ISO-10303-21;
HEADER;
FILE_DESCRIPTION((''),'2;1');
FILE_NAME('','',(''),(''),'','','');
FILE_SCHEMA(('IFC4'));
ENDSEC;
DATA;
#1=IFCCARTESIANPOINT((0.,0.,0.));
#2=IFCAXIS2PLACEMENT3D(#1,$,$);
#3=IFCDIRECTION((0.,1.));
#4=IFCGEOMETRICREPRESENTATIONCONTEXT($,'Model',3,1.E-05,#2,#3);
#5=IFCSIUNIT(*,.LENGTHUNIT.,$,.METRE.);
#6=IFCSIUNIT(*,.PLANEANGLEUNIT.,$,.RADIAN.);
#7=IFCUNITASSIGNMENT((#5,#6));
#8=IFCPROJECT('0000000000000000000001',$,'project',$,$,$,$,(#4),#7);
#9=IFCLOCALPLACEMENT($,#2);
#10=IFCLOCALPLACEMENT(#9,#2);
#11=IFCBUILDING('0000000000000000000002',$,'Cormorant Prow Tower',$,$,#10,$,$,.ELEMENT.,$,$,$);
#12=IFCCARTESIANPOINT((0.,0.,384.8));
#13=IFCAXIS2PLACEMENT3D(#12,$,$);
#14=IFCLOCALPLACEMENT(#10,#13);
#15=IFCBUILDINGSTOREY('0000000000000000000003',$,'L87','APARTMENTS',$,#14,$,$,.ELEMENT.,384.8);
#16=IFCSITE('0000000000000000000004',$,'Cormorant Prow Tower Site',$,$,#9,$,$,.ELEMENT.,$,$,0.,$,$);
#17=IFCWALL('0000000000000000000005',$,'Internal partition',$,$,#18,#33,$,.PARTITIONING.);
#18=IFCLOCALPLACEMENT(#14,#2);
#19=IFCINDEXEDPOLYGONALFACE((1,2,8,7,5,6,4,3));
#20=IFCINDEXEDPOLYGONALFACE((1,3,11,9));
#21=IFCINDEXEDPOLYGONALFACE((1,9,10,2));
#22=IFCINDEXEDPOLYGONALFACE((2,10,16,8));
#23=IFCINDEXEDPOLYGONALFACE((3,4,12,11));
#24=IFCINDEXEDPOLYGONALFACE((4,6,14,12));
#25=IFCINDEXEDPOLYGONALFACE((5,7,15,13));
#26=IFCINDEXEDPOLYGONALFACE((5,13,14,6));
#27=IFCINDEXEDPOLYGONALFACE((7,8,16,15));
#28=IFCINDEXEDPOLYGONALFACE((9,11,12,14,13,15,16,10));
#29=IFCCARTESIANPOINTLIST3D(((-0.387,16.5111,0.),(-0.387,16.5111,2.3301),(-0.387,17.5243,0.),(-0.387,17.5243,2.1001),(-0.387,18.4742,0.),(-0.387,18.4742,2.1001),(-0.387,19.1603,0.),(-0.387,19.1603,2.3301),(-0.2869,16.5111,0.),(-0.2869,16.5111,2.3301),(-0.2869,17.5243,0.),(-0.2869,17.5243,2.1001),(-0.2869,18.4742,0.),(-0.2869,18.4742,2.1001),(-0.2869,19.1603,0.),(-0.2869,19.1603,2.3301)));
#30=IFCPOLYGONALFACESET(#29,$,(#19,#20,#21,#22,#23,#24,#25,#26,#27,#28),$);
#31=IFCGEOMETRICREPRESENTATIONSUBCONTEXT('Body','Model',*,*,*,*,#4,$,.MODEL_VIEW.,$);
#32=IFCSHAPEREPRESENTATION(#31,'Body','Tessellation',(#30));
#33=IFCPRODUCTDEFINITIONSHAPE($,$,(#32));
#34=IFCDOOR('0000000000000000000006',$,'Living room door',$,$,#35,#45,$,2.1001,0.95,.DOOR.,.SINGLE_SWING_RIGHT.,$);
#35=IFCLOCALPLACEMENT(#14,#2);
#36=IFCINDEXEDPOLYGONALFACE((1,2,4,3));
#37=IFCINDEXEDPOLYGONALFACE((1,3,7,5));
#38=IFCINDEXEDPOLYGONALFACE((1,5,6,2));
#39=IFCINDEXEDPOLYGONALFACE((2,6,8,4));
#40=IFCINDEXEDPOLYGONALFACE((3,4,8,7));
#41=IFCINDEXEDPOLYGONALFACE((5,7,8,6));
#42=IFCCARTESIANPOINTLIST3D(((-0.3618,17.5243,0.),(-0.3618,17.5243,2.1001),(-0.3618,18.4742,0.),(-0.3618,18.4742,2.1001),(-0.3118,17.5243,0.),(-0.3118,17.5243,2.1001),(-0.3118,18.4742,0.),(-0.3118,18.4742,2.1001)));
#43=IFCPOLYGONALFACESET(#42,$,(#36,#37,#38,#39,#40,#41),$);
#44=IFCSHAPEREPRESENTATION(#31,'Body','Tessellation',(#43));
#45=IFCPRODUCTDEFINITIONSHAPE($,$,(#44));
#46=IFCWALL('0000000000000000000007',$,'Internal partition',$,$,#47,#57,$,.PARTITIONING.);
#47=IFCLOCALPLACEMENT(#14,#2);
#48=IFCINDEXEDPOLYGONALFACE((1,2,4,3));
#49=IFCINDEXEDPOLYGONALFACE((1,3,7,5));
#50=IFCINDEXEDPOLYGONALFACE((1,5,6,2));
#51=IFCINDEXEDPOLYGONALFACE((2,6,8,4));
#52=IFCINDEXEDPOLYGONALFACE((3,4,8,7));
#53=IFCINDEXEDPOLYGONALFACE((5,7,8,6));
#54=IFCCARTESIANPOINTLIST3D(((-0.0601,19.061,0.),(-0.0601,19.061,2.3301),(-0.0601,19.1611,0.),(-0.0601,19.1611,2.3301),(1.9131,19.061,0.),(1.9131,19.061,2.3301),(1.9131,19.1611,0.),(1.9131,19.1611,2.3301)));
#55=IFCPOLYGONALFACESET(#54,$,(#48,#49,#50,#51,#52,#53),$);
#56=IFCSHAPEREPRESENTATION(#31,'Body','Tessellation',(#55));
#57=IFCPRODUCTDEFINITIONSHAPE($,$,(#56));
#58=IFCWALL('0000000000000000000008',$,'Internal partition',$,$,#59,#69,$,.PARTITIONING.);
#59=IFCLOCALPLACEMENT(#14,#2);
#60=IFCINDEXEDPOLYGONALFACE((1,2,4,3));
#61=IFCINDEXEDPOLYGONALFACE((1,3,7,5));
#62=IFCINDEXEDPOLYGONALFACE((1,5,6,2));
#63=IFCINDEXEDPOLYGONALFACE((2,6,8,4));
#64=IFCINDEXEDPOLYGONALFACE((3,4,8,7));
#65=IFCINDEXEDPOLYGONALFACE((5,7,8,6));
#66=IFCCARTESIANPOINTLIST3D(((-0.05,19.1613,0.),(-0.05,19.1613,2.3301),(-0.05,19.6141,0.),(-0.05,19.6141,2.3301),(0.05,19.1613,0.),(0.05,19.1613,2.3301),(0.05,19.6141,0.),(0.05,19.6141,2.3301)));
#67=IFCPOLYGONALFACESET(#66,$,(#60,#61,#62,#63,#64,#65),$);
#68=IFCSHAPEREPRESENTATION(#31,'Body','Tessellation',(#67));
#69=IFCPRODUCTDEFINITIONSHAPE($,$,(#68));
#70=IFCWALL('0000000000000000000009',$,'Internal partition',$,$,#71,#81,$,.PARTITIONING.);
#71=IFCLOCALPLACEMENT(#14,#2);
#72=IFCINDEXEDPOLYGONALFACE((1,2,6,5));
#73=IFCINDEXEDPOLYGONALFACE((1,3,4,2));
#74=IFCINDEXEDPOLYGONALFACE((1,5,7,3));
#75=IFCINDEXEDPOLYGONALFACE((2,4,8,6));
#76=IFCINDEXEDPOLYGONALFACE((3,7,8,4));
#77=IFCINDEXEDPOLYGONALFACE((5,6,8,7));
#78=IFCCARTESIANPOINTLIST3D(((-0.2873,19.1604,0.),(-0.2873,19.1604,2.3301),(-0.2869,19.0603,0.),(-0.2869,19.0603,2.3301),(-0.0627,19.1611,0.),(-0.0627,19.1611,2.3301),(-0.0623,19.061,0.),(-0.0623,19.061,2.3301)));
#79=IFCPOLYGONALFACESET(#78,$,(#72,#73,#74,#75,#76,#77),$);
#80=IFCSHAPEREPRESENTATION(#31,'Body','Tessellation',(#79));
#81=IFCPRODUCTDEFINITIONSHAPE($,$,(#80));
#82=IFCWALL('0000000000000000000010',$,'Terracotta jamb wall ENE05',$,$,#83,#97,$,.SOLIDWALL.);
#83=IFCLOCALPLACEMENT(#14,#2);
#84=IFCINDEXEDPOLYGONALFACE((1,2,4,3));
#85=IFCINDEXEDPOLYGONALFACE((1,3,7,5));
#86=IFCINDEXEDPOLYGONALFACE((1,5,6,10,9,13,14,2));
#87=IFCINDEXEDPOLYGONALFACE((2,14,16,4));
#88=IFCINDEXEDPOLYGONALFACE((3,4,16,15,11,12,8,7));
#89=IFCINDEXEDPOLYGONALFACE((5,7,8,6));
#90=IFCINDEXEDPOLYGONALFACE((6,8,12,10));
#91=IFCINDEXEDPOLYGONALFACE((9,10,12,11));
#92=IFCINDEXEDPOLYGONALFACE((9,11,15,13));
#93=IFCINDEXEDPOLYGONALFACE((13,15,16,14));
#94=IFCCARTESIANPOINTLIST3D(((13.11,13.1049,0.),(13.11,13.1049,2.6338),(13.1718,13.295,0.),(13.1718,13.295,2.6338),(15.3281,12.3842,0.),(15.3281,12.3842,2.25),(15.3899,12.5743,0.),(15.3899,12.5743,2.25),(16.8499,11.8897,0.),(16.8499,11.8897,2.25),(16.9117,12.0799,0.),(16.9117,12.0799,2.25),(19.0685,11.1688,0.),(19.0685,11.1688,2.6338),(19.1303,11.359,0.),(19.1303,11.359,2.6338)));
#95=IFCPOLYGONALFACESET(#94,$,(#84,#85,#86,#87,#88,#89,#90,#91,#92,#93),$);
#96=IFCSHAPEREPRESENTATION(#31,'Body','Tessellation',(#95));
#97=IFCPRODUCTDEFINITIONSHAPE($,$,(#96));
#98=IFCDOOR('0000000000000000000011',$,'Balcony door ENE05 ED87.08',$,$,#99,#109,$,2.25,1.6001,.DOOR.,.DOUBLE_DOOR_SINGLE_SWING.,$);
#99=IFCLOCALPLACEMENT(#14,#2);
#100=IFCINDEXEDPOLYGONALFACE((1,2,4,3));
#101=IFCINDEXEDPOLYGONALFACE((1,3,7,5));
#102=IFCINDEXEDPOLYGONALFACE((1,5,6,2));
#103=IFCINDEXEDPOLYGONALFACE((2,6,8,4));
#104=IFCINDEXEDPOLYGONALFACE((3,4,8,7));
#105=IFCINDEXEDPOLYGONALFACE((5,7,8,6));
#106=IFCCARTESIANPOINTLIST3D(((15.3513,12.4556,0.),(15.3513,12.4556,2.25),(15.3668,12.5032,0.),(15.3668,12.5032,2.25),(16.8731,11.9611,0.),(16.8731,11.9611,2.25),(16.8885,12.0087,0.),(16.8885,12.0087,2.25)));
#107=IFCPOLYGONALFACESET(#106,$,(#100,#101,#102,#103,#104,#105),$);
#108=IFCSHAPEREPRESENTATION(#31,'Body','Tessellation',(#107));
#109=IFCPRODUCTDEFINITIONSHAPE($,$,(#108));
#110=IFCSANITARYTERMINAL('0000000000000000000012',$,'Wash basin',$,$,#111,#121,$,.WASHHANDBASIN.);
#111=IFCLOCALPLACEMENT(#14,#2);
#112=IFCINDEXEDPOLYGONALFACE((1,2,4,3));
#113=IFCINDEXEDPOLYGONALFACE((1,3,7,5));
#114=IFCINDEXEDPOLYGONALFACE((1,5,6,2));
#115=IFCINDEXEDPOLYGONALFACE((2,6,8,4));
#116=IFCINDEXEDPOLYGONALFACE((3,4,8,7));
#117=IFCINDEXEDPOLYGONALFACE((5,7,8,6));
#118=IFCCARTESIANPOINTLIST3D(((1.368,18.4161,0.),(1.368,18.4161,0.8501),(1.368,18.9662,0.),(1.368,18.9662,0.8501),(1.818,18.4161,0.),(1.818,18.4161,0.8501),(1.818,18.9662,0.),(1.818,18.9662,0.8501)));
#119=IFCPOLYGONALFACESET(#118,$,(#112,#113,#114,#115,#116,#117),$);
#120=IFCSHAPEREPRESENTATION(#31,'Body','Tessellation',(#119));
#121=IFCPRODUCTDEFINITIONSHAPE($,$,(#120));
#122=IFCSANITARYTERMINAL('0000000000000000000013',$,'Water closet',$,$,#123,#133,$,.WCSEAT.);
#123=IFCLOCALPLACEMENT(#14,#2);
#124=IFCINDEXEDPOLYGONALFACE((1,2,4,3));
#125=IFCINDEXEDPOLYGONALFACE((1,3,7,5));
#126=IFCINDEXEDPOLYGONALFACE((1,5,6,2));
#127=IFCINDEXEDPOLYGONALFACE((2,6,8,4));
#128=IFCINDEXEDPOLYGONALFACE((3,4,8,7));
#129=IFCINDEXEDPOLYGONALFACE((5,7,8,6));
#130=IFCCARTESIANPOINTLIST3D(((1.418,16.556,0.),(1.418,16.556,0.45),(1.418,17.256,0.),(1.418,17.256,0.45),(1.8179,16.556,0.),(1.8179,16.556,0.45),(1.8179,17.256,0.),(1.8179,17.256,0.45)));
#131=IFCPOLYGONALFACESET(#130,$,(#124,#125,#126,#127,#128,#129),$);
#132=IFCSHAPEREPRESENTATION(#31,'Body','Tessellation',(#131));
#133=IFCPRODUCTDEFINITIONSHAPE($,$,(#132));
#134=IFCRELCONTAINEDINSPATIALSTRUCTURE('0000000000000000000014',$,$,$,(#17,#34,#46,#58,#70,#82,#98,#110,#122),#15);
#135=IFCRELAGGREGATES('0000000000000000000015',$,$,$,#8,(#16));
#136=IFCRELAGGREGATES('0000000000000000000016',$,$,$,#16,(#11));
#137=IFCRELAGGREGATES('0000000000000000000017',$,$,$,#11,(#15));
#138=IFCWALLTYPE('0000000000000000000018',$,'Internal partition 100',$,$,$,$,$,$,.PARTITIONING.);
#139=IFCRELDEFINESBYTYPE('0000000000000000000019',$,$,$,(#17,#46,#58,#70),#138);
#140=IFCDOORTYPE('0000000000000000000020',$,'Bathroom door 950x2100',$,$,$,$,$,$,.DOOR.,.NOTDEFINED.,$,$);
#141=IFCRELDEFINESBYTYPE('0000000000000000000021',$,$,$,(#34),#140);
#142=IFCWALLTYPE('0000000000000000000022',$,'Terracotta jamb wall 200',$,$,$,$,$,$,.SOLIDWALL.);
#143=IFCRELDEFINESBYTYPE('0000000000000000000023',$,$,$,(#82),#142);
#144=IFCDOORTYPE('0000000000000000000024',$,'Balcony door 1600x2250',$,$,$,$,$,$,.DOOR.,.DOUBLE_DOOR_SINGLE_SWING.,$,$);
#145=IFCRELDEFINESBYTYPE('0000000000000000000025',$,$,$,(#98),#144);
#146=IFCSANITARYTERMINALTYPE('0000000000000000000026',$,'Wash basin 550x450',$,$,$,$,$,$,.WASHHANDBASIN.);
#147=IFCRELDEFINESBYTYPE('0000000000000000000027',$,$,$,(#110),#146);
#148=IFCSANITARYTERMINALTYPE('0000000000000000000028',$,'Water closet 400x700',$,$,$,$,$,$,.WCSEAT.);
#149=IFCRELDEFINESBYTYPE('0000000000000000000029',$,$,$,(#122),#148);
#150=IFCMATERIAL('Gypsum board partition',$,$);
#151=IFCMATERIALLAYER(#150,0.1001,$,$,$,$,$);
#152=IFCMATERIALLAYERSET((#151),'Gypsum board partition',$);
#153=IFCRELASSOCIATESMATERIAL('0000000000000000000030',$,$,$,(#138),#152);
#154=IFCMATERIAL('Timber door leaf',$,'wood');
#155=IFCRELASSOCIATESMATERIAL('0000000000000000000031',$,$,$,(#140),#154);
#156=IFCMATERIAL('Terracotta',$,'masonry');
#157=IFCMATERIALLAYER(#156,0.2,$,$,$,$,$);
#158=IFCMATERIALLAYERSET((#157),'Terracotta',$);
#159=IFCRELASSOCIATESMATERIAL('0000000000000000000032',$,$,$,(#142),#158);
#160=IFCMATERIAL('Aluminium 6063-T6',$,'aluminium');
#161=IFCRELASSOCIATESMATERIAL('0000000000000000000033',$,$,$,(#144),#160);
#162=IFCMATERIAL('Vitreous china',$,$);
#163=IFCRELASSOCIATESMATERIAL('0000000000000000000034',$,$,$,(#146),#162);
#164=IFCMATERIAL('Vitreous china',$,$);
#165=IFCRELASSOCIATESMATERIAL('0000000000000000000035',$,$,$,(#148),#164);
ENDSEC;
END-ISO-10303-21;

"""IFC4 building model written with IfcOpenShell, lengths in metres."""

from ifc_helpers import new_model, si_unit, direction, frame, frame_2d, origin, origin_2d, place, context, subcontext, project, spatial, rectangle, extrude, material, layer, layer_set, type_object, element, fill, save


model = new_model("IFC4")

# Units and contexts
model_context = context("Model", 3, precision=1e-05, world=origin(), true_north=direction((0.0, 1.0)))
body_context = subcontext(model_context, "Body", "Model", "MODEL_VIEW")
ifc_project = project(units=[si_unit("LENGTHUNIT", "METRE"), si_unit("PLANEANGLEUNIT", "RADIAN")], contexts=[model_context])

# Site, building, storey
site_placement = place(None, origin())
site = spatial("IfcSite", under=ifc_project, at=site_placement, Name="Cormorant Prow Tower Site", CompositionType="ELEMENT", RefElevation=0.0)
building_placement = place(site_placement, origin())
building = spatial("IfcBuilding", under=site, at=building_placement, Name="Cormorant Prow Tower", CompositionType="ELEMENT")
storey_placement = place(building_placement, frame((0.0, 0.0, 384.8)))
storey = spatial("IfcBuildingStorey", under=building, at=storey_placement, Name="L87", Description="APARTMENTS", CompositionType="ELEMENT", Elevation=384.8)

# Shared definitions
ifc_material_1 = material(Name="Gypsum board partition")
ifc_layer_1 = layer(ifc_material_1, 0.1001)
ifc_layer_set_1 = layer_set([ifc_layer_1], Name="Gypsum board partition")
wall_type_1 = type_object("IfcWallType", Name="Internal partition 100", PredefinedType="PARTITIONING", material=ifc_layer_set_1)

# Wall, opening, door
wall_1_placement = place(storey_placement, frame((-0.3369, 16.511, 0.0), z_axis=(0.0, 0.0, 1.0), x_axis=(0.0, 1.0, 0.0)))
wall_1 = element("IfcWall", 1, at=wall_1_placement, inside=storey, type_object=wall_type_1, Name="Internal partition", PredefinedType="PARTITIONING", context=body_context, shape_type="SweptSolid", body=[
    extrude(rectangle(XDim=2.6492, YDim=0.1001, at=frame_2d((1.3247, 0.0))), origin(), (0.0, 0.0, 1.0), 2.3301),
])
opening_1_placement = place(wall_1_placement, frame((1.0132, 0.0, 0.0)))
opening_1 = element("IfcOpeningElement", 2, at=opening_1_placement, cuts=wall_1, PredefinedType="OPENING", context=body_context, shape_type="SweptSolid", body=[
    extrude(rectangle(XDim=0.95, YDim=2.1001, at=frame_2d((0.4751, 1.05))), frame((0.0, 0.0601, 0.0), z_axis=(0.0, -1.0, 0.0), x_axis=(1.0, 0.0, 0.0)), (0.0, 0.0, 1.0), 0.1201),
])
ifc_material_2 = material(Name="Timber door leaf", Category="wood")
door_type_1 = type_object("IfcDoorType", Name="Bathroom door 950x2100", OperationType="NOTDEFINED", PredefinedType="DOOR", material=ifc_material_2)
door_1_placement = place(opening_1_placement, origin())
door_1 = element("IfcDoor", 3, at=door_1_placement, inside=storey, type_object=door_type_1, Name="Living room door", OperationType="SINGLE_SWING_RIGHT", OverallHeight=2.1001, OverallWidth=0.95, PredefinedType="DOOR", context=body_context, shape_type="SweptSolid", body=[
    extrude(rectangle(XDim=0.95, YDim=2.1001, at=frame_2d((0.4751, 1.05))), frame((0.0, 0.0249, 0.0), z_axis=(0.0, -1.0, 0.0), x_axis=(1.0, 0.0, 0.0)), (0.0, 0.0, 1.0), 0.05),
])
fill(opening_1, door_1)

# Walls
wall_2_placement = place(storey_placement, frame((-0.0601, 19.1111, 0.0), z_axis=(0.0, 0.0, 1.0), x_axis=(1.0, 0.0, 0.0)))
element("IfcWall", 4, at=wall_2_placement, inside=storey, type_object=wall_type_1, Name="Internal partition", PredefinedType="PARTITIONING", context=body_context, shape_type="SweptSolid", body=[
    extrude(rectangle(XDim=1.9731, YDim=0.1001, at=frame_2d((0.9866, 0.0))), origin(), (0.0, 0.0, 1.0), 2.3301),
])
wall_3_placement = place(storey_placement, frame((0.0, 19.1611, 0.0), z_axis=(0.0, 0.0, 1.0), x_axis=(0.0, 1.0, 0.0)))
element("IfcWall", 5, at=wall_3_placement, inside=storey, type_object=wall_type_1, Name="Internal partition", PredefinedType="PARTITIONING", context=body_context, shape_type="SweptSolid", body=[
    extrude(rectangle(XDim=0.4529, YDim=0.1001, at=frame_2d((0.2266, 0.0))), origin(), (0.0, 0.0, 1.0), 2.3301),
])
wall_4_placement = place(storey_placement, frame((-0.2871, 19.1104, 0.0), z_axis=(0.0, 0.0, 1.0), x_axis=(0.999995, 0.003261, 0.0)))
element("IfcWall", 6, at=wall_4_placement, inside=storey, type_object=wall_type_1, Name="Internal partition", PredefinedType="PARTITIONING", context=body_context, shape_type="SweptSolid", body=[
    extrude(rectangle(XDim=0.2246, YDim=0.1001, at=frame_2d((0.1123, 0.0))), origin(), (0.0, 0.0, 1.0), 2.3301),
])

# Wall, opening, door
ifc_material_3 = material(Name="Terracotta", Category="masonry")
ifc_layer_2 = layer(ifc_material_3, 0.2)
ifc_layer_set_2 = layer_set([ifc_layer_2], Name="Terracotta")
wall_type_2 = type_object("IfcWallType", Name="Terracotta jamb wall 200", PredefinedType="SOLIDWALL", material=ifc_layer_set_2)
wall_5_placement = place(storey_placement, frame((19.0994, 11.2639, 0.0), z_axis=(0.0, 0.0, 1.0), x_axis=(-0.951056, 0.309017, 0.0)))
wall_5 = element("IfcWall", 7, at=wall_5_placement, inside=storey, type_object=wall_type_2, Name="Terracotta jamb wall ENE05", PredefinedType="SOLIDWALL", context=body_context, shape_type="SweptSolid", body=[
    extrude(rectangle(XDim=6.2651, YDim=0.2, at=frame_2d((3.1326, 0.0))), origin(), (0.0, 0.0, 1.0), 2.6338),
])
opening_2_placement = place(wall_5_placement, frame((2.3328, 0.0, 0.0)))
opening_2 = element("IfcOpeningElement", 8, at=opening_2_placement, cuts=wall_5, PredefinedType="OPENING", context=body_context, shape_type="SweptSolid", body=[
    extrude(rectangle(XDim=1.6001, YDim=2.25, at=frame_2d((0.8, 1.125))), frame((0.0, 0.1099, 0.0), z_axis=(0.0, -1.0, 0.0), x_axis=(1.0, 0.0, 0.0)), (0.0, 0.0, 1.0), 0.22),
])
ifc_material_4 = material(Name="Aluminium 6063-T6", Category="aluminium")
door_type_2 = type_object("IfcDoorType", Name="Balcony door 1600x2250", OperationType="DOUBLE_DOOR_SINGLE_SWING", PredefinedType="DOOR", material=ifc_material_4)
door_2_placement = place(opening_2_placement, origin())
door_2 = element("IfcDoor", 9, at=door_2_placement, inside=storey, type_object=door_type_2, Name="Balcony door ENE05 ED87.08", OperationType="DOUBLE_DOOR_SINGLE_SWING", OverallHeight=2.25, OverallWidth=1.6001, PredefinedType="DOOR", context=body_context, shape_type="SweptSolid", body=[
    extrude(rectangle(XDim=1.6001, YDim=2.25, at=frame_2d((0.8, 1.125))), frame((0.0, 0.0249, 0.0), z_axis=(0.0, -1.0, 0.0), x_axis=(1.0, 0.0, 0.0)), (0.0, 0.0, 1.0), 0.05),
])
fill(opening_2, door_2)

# Sanitary terminals
ifc_material_5 = material(Name="Vitreous china")
sanitary_terminal_type_1 = type_object("IfcSanitaryTerminalType", Name="Wash basin 550x450", PredefinedType="WASHHANDBASIN", material=ifc_material_5)
sanitary_terminal_1_placement = place(storey_placement, frame((1.593, 18.6912, 0.0), z_axis=(0.0, 0.0, 1.0), x_axis=(0.0, -1.0, 0.0)))
element("IfcSanitaryTerminal", 10, at=sanitary_terminal_1_placement, inside=storey, type_object=sanitary_terminal_type_1, Name="Wash basin", PredefinedType="WASHHANDBASIN", context=body_context, shape_type="SweptSolid", body=[
    extrude(rectangle(XDim=0.55, YDim=0.45, at=origin_2d()), origin(), (0.0, 0.0, 1.0), 0.8501),
])
ifc_material_6 = material(Name="Vitreous china")
sanitary_terminal_type_2 = type_object("IfcSanitaryTerminalType", Name="Water closet 400x700", PredefinedType="WCSEAT", material=ifc_material_6)
sanitary_terminal_2_placement = place(storey_placement, frame((1.6179, 16.906, 0.0), z_axis=(0.0, 0.0, 1.0), x_axis=(-1.0, 0.0, 0.0)))
element("IfcSanitaryTerminal", 11, at=sanitary_terminal_2_placement, inside=storey, type_object=sanitary_terminal_type_2, Name="Water closet", PredefinedType="WCSEAT", context=body_context, shape_type="SweptSolid", body=[
    extrude(rectangle(XDim=0.3999, YDim=0.7, at=origin_2d()), origin(), (0.0, 0.0, 1.0), 0.45),
])

save(model, "model.ifc")
